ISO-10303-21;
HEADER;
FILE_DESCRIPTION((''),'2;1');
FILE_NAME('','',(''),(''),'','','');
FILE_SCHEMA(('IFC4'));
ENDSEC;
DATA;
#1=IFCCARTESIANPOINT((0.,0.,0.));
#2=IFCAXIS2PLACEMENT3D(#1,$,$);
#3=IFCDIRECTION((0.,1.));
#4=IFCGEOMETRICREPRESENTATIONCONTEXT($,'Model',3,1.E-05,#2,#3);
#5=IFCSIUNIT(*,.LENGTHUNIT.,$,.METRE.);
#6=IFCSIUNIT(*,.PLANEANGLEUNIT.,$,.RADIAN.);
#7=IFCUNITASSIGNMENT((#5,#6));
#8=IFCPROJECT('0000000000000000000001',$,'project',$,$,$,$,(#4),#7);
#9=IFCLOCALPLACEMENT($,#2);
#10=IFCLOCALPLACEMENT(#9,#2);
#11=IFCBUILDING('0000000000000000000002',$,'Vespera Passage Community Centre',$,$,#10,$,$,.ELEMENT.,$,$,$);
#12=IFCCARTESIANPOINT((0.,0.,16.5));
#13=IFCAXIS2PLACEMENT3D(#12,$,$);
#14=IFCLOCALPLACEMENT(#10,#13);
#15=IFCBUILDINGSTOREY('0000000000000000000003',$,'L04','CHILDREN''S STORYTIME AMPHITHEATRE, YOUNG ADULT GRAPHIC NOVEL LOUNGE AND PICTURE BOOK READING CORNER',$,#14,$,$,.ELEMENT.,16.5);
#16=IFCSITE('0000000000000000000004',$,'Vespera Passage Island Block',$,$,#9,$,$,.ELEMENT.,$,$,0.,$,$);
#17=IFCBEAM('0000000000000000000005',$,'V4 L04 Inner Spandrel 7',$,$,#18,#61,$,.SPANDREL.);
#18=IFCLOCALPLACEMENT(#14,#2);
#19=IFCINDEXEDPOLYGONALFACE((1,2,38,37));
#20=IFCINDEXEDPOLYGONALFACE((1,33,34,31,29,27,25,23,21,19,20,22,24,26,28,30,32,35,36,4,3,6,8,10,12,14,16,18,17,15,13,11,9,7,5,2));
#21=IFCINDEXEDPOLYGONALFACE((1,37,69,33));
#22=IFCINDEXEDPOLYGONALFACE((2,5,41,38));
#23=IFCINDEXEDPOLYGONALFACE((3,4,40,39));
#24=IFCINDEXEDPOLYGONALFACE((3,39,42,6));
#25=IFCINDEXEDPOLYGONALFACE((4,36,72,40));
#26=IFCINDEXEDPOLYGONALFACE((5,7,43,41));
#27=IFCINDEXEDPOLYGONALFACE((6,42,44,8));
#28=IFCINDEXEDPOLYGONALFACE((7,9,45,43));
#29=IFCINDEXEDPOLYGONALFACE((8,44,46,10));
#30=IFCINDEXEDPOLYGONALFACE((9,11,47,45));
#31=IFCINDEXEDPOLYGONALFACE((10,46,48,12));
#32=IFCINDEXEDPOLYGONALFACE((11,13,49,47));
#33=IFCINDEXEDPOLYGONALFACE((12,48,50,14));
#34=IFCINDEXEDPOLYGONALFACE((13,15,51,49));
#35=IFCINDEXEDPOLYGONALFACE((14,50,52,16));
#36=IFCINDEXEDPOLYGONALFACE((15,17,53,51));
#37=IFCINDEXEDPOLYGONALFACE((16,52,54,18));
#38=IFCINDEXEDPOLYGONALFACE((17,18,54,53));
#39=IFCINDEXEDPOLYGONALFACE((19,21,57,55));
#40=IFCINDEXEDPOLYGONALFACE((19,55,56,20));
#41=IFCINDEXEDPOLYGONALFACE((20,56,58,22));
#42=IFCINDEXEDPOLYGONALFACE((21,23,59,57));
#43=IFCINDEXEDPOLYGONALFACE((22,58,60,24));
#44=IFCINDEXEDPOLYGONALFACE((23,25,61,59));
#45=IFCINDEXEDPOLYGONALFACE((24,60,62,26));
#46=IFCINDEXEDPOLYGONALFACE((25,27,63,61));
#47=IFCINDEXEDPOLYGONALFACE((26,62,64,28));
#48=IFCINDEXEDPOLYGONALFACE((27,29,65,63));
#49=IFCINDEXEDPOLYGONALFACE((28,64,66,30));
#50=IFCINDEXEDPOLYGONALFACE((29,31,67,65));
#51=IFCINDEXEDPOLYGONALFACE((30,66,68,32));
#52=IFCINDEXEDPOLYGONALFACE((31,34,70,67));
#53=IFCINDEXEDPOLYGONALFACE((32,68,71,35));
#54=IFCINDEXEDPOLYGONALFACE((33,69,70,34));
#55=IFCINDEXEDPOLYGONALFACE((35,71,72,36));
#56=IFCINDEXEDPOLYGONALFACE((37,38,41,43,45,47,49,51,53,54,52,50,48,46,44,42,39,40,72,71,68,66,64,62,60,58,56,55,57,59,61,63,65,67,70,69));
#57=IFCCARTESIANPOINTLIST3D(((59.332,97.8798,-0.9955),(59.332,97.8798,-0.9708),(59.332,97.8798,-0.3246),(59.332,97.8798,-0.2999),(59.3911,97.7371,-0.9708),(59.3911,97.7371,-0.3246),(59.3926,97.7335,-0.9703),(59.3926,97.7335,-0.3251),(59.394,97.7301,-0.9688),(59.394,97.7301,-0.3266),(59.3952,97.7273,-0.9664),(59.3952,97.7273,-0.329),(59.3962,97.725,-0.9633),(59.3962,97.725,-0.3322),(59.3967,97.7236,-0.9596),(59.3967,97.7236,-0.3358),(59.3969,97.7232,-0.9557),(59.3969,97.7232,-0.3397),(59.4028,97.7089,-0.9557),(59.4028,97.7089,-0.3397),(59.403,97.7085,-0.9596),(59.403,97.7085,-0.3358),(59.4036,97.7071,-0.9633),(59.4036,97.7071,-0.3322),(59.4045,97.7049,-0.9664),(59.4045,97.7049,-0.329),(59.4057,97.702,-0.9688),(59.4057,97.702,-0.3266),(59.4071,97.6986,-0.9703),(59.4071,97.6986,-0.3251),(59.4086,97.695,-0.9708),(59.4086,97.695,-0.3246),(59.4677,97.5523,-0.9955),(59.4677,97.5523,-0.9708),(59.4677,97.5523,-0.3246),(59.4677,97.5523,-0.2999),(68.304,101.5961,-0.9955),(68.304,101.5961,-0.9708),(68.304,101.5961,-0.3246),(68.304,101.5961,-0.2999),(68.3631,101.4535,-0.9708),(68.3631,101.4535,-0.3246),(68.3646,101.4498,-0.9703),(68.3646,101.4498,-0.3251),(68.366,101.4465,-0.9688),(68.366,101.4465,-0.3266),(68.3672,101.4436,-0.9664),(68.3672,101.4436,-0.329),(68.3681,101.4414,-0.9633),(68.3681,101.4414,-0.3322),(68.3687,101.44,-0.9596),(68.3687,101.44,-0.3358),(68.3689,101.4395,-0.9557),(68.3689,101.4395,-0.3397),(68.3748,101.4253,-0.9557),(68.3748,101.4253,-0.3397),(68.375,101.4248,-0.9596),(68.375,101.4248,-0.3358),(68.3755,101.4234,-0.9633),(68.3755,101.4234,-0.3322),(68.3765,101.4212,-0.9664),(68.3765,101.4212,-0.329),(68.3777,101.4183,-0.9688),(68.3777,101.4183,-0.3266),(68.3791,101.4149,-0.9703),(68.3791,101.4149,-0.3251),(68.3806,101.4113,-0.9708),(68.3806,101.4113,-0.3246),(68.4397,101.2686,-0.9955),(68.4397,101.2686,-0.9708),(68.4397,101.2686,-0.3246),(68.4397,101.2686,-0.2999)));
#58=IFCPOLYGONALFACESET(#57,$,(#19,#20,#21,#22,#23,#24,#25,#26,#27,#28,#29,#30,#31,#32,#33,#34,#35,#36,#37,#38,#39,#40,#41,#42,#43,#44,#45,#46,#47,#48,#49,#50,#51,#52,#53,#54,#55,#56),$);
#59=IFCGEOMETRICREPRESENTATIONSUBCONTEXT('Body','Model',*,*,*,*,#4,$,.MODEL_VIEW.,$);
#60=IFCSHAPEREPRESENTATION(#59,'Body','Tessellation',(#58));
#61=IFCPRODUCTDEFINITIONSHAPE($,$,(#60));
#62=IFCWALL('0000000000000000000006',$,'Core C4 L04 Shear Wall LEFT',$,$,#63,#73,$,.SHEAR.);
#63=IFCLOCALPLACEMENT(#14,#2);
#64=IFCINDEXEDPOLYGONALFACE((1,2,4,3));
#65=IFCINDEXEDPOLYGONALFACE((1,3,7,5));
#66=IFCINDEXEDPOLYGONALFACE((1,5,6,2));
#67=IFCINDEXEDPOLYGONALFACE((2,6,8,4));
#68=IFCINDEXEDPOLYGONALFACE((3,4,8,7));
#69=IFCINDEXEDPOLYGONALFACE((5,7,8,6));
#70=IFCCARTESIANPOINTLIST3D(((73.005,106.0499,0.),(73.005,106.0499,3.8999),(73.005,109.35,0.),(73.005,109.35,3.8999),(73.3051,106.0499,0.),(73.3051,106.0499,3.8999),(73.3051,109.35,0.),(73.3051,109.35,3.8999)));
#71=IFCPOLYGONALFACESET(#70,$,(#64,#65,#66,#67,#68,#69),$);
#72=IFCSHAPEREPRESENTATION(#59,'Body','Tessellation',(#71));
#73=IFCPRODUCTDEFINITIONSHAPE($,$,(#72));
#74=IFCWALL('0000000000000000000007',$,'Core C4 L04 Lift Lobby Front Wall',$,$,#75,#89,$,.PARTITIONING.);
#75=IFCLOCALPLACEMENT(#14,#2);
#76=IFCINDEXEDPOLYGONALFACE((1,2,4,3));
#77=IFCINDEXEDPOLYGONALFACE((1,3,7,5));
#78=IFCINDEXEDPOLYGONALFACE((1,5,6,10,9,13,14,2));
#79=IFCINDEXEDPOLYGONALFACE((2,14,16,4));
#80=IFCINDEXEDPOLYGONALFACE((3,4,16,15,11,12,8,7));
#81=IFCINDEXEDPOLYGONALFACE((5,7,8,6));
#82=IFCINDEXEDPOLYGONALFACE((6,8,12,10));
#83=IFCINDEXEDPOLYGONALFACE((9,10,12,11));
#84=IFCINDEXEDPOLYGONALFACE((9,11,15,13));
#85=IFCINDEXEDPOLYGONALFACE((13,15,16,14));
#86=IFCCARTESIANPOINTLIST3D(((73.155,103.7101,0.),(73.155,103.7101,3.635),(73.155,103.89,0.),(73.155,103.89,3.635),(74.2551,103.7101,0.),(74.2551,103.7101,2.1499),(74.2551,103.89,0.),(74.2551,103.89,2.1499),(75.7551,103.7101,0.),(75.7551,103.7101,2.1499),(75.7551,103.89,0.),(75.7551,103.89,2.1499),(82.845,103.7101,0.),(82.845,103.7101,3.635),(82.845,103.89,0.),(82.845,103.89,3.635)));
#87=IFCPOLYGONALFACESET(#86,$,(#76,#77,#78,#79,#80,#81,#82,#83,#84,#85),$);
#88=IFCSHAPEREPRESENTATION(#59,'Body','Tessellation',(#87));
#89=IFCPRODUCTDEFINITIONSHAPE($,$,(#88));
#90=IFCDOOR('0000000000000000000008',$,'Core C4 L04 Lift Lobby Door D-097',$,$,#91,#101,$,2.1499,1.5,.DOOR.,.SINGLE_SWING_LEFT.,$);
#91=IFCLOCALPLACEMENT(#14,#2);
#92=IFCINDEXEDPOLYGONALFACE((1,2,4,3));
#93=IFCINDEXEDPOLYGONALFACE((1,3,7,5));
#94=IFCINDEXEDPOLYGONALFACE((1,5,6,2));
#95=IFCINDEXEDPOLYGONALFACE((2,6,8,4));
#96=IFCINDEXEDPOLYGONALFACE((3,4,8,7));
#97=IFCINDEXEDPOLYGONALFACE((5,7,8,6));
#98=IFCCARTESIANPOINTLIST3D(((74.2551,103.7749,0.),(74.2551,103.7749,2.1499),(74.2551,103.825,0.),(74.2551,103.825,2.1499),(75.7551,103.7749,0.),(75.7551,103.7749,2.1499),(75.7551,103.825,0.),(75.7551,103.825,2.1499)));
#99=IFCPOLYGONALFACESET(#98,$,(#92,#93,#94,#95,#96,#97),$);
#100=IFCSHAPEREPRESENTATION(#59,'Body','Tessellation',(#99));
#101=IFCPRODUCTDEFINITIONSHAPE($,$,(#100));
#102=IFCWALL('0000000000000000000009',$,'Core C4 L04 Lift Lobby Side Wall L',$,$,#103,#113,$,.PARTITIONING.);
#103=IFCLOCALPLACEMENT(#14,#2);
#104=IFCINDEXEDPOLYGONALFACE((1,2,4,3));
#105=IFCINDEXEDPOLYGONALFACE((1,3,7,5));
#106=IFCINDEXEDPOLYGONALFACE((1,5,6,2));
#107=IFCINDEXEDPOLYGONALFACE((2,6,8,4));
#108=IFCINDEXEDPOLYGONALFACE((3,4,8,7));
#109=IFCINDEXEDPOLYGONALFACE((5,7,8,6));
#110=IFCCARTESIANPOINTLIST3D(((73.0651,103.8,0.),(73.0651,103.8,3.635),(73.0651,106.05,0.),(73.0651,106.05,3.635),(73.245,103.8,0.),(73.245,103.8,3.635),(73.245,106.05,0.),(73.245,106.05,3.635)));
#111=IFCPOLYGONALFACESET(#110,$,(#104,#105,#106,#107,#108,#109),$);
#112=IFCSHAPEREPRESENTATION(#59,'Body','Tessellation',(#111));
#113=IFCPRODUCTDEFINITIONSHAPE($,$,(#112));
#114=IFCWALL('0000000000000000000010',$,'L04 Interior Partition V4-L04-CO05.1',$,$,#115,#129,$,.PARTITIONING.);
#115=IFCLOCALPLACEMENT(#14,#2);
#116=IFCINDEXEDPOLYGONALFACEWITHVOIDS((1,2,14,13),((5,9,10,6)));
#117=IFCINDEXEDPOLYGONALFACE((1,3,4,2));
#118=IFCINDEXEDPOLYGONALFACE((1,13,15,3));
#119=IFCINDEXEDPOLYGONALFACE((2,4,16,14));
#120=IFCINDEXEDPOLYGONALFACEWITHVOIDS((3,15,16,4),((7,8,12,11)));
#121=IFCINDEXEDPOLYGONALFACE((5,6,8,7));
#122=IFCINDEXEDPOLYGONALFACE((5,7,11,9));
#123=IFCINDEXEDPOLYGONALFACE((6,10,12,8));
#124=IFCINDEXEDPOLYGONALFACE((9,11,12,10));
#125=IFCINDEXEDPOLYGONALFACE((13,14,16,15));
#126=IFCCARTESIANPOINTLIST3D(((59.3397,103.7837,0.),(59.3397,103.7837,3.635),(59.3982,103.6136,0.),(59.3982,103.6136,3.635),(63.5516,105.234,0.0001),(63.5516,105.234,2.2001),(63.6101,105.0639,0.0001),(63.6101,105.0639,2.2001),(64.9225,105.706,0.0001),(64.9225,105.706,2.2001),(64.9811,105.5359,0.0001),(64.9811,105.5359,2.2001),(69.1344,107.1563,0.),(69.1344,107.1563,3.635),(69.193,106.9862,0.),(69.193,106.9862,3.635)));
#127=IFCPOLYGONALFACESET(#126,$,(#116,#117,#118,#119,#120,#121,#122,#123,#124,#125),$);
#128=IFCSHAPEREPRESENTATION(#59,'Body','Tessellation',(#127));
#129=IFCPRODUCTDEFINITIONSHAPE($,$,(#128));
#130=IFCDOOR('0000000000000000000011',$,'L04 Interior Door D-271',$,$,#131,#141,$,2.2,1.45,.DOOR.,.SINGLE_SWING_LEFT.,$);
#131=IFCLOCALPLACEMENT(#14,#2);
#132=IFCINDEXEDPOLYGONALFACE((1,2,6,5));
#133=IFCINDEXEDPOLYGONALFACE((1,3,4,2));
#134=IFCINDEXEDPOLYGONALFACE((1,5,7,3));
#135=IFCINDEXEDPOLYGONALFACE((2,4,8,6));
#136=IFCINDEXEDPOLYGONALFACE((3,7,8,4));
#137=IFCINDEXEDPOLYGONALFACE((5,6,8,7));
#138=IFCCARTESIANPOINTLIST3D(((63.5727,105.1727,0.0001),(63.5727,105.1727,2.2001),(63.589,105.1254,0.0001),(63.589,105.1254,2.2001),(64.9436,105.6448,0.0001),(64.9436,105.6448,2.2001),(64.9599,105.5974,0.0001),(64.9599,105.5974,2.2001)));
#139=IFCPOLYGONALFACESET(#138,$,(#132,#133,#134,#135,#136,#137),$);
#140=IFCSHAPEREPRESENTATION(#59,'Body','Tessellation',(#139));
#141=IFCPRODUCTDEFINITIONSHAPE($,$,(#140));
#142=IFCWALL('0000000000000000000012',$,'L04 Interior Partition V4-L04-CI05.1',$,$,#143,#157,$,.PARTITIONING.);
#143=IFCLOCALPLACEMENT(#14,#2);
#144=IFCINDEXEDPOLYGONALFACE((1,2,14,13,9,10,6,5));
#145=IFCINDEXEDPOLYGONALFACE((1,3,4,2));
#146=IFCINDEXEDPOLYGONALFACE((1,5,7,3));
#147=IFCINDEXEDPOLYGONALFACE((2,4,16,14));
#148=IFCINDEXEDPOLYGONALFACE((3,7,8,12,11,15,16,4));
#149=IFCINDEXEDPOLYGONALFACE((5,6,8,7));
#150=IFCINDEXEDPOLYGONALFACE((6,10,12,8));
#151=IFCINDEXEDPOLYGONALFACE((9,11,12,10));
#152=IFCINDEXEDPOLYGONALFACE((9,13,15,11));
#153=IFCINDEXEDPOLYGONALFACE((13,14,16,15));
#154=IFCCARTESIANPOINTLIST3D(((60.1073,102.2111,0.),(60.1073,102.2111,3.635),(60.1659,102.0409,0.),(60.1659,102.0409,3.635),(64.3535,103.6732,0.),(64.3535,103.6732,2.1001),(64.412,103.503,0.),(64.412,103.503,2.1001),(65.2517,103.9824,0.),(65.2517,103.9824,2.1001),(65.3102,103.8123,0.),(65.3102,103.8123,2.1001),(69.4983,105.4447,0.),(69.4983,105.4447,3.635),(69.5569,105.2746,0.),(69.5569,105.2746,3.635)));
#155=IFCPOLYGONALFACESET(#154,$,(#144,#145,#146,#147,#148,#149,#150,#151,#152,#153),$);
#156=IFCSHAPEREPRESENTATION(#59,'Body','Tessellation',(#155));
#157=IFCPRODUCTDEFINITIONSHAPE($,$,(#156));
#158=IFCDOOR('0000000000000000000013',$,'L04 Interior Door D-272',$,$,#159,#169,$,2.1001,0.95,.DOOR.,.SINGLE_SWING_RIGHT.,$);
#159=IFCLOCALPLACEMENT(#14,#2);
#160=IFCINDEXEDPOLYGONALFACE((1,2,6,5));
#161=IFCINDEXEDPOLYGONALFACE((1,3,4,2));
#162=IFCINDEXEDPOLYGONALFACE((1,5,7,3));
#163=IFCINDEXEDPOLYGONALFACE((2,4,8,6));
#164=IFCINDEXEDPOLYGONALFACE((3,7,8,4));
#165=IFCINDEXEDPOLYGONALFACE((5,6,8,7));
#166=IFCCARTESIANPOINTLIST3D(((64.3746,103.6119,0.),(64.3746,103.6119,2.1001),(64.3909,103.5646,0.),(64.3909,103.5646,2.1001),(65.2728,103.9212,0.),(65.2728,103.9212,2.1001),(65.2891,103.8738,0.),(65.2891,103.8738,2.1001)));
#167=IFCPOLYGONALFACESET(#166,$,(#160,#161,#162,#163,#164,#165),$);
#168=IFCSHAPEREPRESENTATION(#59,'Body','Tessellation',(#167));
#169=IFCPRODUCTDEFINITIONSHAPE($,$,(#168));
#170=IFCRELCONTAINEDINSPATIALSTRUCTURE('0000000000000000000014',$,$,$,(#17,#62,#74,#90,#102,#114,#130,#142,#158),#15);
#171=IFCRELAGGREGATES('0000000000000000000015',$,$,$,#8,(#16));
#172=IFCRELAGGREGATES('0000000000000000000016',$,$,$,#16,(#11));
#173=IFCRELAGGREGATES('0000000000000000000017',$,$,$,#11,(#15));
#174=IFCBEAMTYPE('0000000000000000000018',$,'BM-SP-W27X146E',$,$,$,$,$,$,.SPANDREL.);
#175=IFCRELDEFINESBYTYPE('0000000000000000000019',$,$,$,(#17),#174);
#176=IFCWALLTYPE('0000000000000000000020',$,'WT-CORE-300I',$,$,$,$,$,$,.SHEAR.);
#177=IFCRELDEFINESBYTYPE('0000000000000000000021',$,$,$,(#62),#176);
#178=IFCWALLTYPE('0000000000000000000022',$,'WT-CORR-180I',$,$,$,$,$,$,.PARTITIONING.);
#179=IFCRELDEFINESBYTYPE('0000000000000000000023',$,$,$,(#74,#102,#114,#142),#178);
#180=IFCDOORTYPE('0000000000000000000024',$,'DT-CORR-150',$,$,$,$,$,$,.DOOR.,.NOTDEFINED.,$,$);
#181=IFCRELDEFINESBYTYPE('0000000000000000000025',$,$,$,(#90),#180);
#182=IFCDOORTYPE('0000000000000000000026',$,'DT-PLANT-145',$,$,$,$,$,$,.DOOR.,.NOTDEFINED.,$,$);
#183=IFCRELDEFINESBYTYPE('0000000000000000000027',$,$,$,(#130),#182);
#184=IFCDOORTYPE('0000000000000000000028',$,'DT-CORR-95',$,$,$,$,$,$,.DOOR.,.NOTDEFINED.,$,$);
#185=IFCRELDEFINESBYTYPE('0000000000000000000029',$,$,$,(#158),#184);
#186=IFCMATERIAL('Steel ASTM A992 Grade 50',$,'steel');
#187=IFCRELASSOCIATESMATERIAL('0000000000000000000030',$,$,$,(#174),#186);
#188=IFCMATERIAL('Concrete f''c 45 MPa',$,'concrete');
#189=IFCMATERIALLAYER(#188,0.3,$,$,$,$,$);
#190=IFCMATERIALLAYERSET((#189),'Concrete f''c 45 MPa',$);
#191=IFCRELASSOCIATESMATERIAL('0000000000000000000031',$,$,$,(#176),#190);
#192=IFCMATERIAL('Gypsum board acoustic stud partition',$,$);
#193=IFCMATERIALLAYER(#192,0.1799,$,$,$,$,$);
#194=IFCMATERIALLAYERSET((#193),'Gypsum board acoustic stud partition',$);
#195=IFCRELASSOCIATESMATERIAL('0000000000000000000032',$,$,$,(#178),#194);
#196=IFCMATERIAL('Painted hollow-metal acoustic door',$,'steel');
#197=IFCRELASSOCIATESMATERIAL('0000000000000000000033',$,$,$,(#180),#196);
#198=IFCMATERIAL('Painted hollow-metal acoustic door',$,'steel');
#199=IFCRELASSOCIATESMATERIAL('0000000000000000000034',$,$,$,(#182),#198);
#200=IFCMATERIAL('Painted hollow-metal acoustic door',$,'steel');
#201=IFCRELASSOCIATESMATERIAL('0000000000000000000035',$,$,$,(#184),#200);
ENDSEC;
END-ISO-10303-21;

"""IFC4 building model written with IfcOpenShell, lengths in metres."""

from ifc_helpers import new_model, si_unit, direction, frame, frame_2d, origin, origin_2d, place, context, subcontext, project, spatial, rectangle, i_section, extrude, material, layer, layer_set, material_profile, profile_set, type_object, element, fill, save


model = new_model("IFC4")

# Units and contexts
model_context = context("Model", 3, precision=1e-05, world=origin(), true_north=direction((0.0, 1.0)))
body_context = subcontext(model_context, "Body", "Model", "MODEL_VIEW")
ifc_project = project(units=[si_unit("LENGTHUNIT", "METRE"), si_unit("PLANEANGLEUNIT", "RADIAN")], contexts=[model_context])

# Site, building, storey
site_placement = place(None, origin())
site = spatial("IfcSite", under=ifc_project, at=site_placement, Name="Vespera Passage Island Block", CompositionType="ELEMENT", RefElevation=0.0)
building_placement = place(site_placement, origin())
building = spatial("IfcBuilding", under=site, at=building_placement, Name="Vespera Passage Community Centre", CompositionType="ELEMENT")
storey_placement = place(building_placement, frame((0.0, 0.0, 16.5)))
storey = spatial("IfcBuildingStorey", under=building, at=storey_placement, Name="L04", Description="CHILDREN'S STORYTIME AMPHITHEATRE, YOUNG ADULT GRAPHIC NOVEL LOUNGE AND PICTURE BOOK READING CORNER", CompositionType="ELEMENT", Elevation=16.5)

# Beam
ifc_material_1 = material(Name="Steel ASTM A992 Grade 50", Category="steel")
ifc_material_profile_1 = material_profile(ifc_material_1, i_section(OverallWidth=0.3545, OverallDepth=0.6956, WebThickness=0.0154, FlangeThickness=0.0247, FilletRadius=0.0151, at=origin_2d()), Name="W27X146")
ifc_profile_set_1 = profile_set([ifc_material_profile_1], Name="Steel ASTM A992 Grade 50")
beam_type_1 = type_object("IfcBeamType", Name="BM-SP-W27X146E", PredefinedType="SPANDREL", material=ifc_profile_set_1)
for number, where, z_axis, x_axis, name in (
    (1, (68.3718, 101.4324, -0.6477), (-0.923879, -0.382685, 0.0), (0.382685, -0.923879, 0.0), "V4 L04 Inner Spandrel 7"),
):
    element("IfcBeam", number, at=place(storey_placement, frame(where, z_axis=z_axis, x_axis=x_axis)), inside=storey, type_object=beam_type_1, Name=name, PredefinedType="SPANDREL", context=body_context, shape_type="SweptSolid", body=[
        extrude(i_section(OverallWidth=0.3545, OverallDepth=0.6956, WebThickness=0.0154, FlangeThickness=0.0247, FilletRadius=0.0151, at=origin_2d()), origin(), (0.0, 0.0, 1.0), 9.7112),
    ])

# Wall
ifc_material_2 = material(Name="Concrete f'c 45 MPa", Category="concrete")
ifc_layer_1 = layer(ifc_material_2, 0.3)
ifc_layer_set_1 = layer_set([ifc_layer_1], Name="Concrete f'c 45 MPa")
wall_type_1 = type_object("IfcWallType", Name="WT-CORE-300I", PredefinedType="SHEAR", material=ifc_layer_set_1)
wall_1_placement = place(storey_placement, frame((73.155, 106.05, 0.0), z_axis=(0.0, 0.0, 1.0), x_axis=(0.0, 1.0, 0.0)))
element("IfcWall", 2, at=wall_1_placement, inside=storey, type_object=wall_type_1, Name="Core C4 L04 Shear Wall LEFT", PredefinedType="SHEAR", context=body_context, shape_type="SweptSolid", body=[
    extrude(rectangle(XDim=3.3, YDim=0.3, at=frame_2d((1.6499, 0.0))), origin(), (0.0, 0.0, 1.0), 3.8999),
])

# Wall, opening, door
ifc_material_3 = material(Name="Gypsum board acoustic stud partition")
ifc_layer_2 = layer(ifc_material_3, 0.1799)
ifc_layer_set_2 = layer_set([ifc_layer_2], Name="Gypsum board acoustic stud partition")
wall_type_2 = type_object("IfcWallType", Name="WT-CORR-180I", PredefinedType="PARTITIONING", material=ifc_layer_set_2)
wall_2_placement = place(storey_placement, frame((73.155, 103.8, 0.0), z_axis=(0.0, 0.0, 1.0), x_axis=(1.0, 0.0, 0.0)))
wall_2 = element("IfcWall", 3, at=wall_2_placement, inside=storey, type_object=wall_type_2, Name="Core C4 L04 Lift Lobby Front Wall", PredefinedType="PARTITIONING", context=body_context, shape_type="SweptSolid", body=[
    extrude(rectangle(XDim=9.6899, YDim=0.1799, at=frame_2d((4.845, 0.0))), origin(), (0.0, 0.0, 1.0), 3.635),
])
opening_1_placement = place(wall_2_placement, frame((1.1001, 0.0, 0.0)))
opening_1 = element("IfcOpeningElement", 4, at=opening_1_placement, cuts=wall_2, PredefinedType="OPENING", context=body_context, shape_type="SweptSolid", body=[
    extrude(rectangle(XDim=1.5, YDim=2.1499, at=frame_2d((0.75, 1.075))), frame((0.0, 0.0999, 0.0), z_axis=(0.0, -1.0, 0.0), x_axis=(1.0, 0.0, 0.0)), (0.0, 0.0, 1.0), 0.2),
])
ifc_material_4 = material(Name="Painted hollow-metal acoustic door", Category="steel")
door_type_1 = type_object("IfcDoorType", Name="DT-CORR-150", OperationType="NOTDEFINED", PredefinedType="DOOR", material=ifc_material_4)
door_1_placement = place(opening_1_placement, origin())
door_1 = element("IfcDoor", 5, at=door_1_placement, inside=storey, type_object=door_type_1, Name="Core C4 L04 Lift Lobby Door D-097", OperationType="SINGLE_SWING_LEFT", OverallHeight=2.1499, OverallWidth=1.5, PredefinedType="DOOR", context=body_context, shape_type="SweptSolid", body=[
    extrude(rectangle(XDim=1.5, YDim=2.1499, at=frame_2d((0.75, 1.075))), frame((0.0, 0.0249, 0.0), z_axis=(0.0, -1.0, 0.0), x_axis=(1.0, 0.0, 0.0)), (0.0, 0.0, 1.0), 0.05),
])
fill(opening_1, door_1)

# Wall
wall_3_placement = place(storey_placement, frame((73.155, 106.05, 0.0), z_axis=(0.0, 0.0, 1.0), x_axis=(0.0, -1.0, 0.0)))
element("IfcWall", 6, at=wall_3_placement, inside=storey, type_object=wall_type_2, Name="Core C4 L04 Lift Lobby Side Wall L", PredefinedType="PARTITIONING", context=body_context, shape_type="SweptSolid", body=[
    extrude(rectangle(XDim=2.25, YDim=0.1799, at=frame_2d((1.125, 0.0))), origin(), (0.0, 0.0, 1.0), 3.635),
])

# Walls, openings, doors
wall_4_placement = place(storey_placement, frame((69.1638, 107.0713, 0.0), z_axis=(0.0, 0.0, 1.0), x_axis=(-0.945519, -0.325566, 0.0)))
wall_4 = element("IfcWall", 7, at=wall_4_placement, inside=storey, type_object=wall_type_2, Name="L04 Interior Partition V4-L04-CO05.1", PredefinedType="PARTITIONING", context=body_context, shape_type="SweptSolid", body=[
    extrude(rectangle(XDim=10.3591, YDim=0.1799, at=frame_2d((5.1797, 0.0))), origin(), (0.0, 0.0, 1.0), 3.635),
])
opening_2_placement = place(wall_4_placement, frame((4.4546, 0.0, 0.0)))
opening_2 = element("IfcOpeningElement", 8, at=opening_2_placement, cuts=wall_4, PredefinedType="OPENING", context=body_context, shape_type="SweptSolid", body=[
    extrude(rectangle(XDim=1.45, YDim=2.2, at=frame_2d((0.7251, 1.1001))), frame((0.0, 0.0999, 0.0), z_axis=(0.0, -1.0, 0.0), x_axis=(1.0, 0.0, 0.0)), (0.0, 0.0, 1.0), 0.2),
])
ifc_material_5 = material(Name="Painted hollow-metal acoustic door", Category="steel")
door_type_2 = type_object("IfcDoorType", Name="DT-PLANT-145", OperationType="NOTDEFINED", PredefinedType="DOOR", material=ifc_material_5)
door_2_placement = place(opening_2_placement, origin())
door_2 = element("IfcDoor", 9, at=door_2_placement, inside=storey, type_object=door_type_2, Name="L04 Interior Door D-271", OperationType="SINGLE_SWING_LEFT", OverallHeight=2.2, OverallWidth=1.45, PredefinedType="DOOR", context=body_context, shape_type="SweptSolid", body=[
    extrude(rectangle(XDim=1.45, YDim=2.2, at=frame_2d((0.7251, 1.1001))), frame((0.0, 0.0249, 0.0), z_axis=(0.0, -1.0, 0.0), x_axis=(1.0, 0.0, 0.0)), (0.0, 0.0, 1.0), 0.05),
])
fill(opening_2, door_2)
wall_5_placement = place(storey_placement, frame((69.5276, 105.3596, 0.0), z_axis=(0.0, 0.0, 1.0), x_axis=(-0.945518, -0.32557, 0.0)))
wall_5 = element("IfcWall", 10, at=wall_5_placement, inside=storey, type_object=wall_type_2, Name="L04 Interior Partition V4-L04-CI05.1", PredefinedType="PARTITIONING", context=body_context, shape_type="SweptSolid", body=[
    extrude(rectangle(XDim=9.9321, YDim=0.1799, at=frame_2d((4.9661, 0.0))), origin(), (0.0, 0.0, 1.0), 3.635),
])
opening_3_placement = place(wall_5_placement, frame((4.4912, 0.0, 0.0)))
opening_3 = element("IfcOpeningElement", 11, at=opening_3_placement, cuts=wall_5, PredefinedType="OPENING", context=body_context, shape_type="SweptSolid", body=[
    extrude(rectangle(XDim=0.95, YDim=2.1001, at=frame_2d((0.4751, 1.05))), frame((0.0, 0.0999, 0.0), z_axis=(0.0, -1.0, 0.0), x_axis=(1.0, 0.0, 0.0)), (0.0, 0.0, 1.0), 0.2),
])
ifc_material_6 = material(Name="Painted hollow-metal acoustic door", Category="steel")
door_type_3 = type_object("IfcDoorType", Name="DT-CORR-95", OperationType="NOTDEFINED", PredefinedType="DOOR", material=ifc_material_6)
door_3_placement = place(opening_3_placement, origin())
door_3 = element("IfcDoor", 12, at=door_3_placement, inside=storey, type_object=door_type_3, Name="L04 Interior Door D-272", OperationType="SINGLE_SWING_RIGHT", OverallHeight=2.1001, OverallWidth=0.95, PredefinedType="DOOR", context=body_context, shape_type="SweptSolid", body=[
    extrude(rectangle(XDim=0.95, YDim=2.1001, at=frame_2d((0.4751, 1.05))), frame((0.0, 0.0249, 0.0), z_axis=(0.0, -1.0, 0.0), x_axis=(1.0, 0.0, 0.0)), (0.0, 0.0, 1.0), 0.05),
])
fill(opening_3, door_3)

save(model, "model.ifc")
